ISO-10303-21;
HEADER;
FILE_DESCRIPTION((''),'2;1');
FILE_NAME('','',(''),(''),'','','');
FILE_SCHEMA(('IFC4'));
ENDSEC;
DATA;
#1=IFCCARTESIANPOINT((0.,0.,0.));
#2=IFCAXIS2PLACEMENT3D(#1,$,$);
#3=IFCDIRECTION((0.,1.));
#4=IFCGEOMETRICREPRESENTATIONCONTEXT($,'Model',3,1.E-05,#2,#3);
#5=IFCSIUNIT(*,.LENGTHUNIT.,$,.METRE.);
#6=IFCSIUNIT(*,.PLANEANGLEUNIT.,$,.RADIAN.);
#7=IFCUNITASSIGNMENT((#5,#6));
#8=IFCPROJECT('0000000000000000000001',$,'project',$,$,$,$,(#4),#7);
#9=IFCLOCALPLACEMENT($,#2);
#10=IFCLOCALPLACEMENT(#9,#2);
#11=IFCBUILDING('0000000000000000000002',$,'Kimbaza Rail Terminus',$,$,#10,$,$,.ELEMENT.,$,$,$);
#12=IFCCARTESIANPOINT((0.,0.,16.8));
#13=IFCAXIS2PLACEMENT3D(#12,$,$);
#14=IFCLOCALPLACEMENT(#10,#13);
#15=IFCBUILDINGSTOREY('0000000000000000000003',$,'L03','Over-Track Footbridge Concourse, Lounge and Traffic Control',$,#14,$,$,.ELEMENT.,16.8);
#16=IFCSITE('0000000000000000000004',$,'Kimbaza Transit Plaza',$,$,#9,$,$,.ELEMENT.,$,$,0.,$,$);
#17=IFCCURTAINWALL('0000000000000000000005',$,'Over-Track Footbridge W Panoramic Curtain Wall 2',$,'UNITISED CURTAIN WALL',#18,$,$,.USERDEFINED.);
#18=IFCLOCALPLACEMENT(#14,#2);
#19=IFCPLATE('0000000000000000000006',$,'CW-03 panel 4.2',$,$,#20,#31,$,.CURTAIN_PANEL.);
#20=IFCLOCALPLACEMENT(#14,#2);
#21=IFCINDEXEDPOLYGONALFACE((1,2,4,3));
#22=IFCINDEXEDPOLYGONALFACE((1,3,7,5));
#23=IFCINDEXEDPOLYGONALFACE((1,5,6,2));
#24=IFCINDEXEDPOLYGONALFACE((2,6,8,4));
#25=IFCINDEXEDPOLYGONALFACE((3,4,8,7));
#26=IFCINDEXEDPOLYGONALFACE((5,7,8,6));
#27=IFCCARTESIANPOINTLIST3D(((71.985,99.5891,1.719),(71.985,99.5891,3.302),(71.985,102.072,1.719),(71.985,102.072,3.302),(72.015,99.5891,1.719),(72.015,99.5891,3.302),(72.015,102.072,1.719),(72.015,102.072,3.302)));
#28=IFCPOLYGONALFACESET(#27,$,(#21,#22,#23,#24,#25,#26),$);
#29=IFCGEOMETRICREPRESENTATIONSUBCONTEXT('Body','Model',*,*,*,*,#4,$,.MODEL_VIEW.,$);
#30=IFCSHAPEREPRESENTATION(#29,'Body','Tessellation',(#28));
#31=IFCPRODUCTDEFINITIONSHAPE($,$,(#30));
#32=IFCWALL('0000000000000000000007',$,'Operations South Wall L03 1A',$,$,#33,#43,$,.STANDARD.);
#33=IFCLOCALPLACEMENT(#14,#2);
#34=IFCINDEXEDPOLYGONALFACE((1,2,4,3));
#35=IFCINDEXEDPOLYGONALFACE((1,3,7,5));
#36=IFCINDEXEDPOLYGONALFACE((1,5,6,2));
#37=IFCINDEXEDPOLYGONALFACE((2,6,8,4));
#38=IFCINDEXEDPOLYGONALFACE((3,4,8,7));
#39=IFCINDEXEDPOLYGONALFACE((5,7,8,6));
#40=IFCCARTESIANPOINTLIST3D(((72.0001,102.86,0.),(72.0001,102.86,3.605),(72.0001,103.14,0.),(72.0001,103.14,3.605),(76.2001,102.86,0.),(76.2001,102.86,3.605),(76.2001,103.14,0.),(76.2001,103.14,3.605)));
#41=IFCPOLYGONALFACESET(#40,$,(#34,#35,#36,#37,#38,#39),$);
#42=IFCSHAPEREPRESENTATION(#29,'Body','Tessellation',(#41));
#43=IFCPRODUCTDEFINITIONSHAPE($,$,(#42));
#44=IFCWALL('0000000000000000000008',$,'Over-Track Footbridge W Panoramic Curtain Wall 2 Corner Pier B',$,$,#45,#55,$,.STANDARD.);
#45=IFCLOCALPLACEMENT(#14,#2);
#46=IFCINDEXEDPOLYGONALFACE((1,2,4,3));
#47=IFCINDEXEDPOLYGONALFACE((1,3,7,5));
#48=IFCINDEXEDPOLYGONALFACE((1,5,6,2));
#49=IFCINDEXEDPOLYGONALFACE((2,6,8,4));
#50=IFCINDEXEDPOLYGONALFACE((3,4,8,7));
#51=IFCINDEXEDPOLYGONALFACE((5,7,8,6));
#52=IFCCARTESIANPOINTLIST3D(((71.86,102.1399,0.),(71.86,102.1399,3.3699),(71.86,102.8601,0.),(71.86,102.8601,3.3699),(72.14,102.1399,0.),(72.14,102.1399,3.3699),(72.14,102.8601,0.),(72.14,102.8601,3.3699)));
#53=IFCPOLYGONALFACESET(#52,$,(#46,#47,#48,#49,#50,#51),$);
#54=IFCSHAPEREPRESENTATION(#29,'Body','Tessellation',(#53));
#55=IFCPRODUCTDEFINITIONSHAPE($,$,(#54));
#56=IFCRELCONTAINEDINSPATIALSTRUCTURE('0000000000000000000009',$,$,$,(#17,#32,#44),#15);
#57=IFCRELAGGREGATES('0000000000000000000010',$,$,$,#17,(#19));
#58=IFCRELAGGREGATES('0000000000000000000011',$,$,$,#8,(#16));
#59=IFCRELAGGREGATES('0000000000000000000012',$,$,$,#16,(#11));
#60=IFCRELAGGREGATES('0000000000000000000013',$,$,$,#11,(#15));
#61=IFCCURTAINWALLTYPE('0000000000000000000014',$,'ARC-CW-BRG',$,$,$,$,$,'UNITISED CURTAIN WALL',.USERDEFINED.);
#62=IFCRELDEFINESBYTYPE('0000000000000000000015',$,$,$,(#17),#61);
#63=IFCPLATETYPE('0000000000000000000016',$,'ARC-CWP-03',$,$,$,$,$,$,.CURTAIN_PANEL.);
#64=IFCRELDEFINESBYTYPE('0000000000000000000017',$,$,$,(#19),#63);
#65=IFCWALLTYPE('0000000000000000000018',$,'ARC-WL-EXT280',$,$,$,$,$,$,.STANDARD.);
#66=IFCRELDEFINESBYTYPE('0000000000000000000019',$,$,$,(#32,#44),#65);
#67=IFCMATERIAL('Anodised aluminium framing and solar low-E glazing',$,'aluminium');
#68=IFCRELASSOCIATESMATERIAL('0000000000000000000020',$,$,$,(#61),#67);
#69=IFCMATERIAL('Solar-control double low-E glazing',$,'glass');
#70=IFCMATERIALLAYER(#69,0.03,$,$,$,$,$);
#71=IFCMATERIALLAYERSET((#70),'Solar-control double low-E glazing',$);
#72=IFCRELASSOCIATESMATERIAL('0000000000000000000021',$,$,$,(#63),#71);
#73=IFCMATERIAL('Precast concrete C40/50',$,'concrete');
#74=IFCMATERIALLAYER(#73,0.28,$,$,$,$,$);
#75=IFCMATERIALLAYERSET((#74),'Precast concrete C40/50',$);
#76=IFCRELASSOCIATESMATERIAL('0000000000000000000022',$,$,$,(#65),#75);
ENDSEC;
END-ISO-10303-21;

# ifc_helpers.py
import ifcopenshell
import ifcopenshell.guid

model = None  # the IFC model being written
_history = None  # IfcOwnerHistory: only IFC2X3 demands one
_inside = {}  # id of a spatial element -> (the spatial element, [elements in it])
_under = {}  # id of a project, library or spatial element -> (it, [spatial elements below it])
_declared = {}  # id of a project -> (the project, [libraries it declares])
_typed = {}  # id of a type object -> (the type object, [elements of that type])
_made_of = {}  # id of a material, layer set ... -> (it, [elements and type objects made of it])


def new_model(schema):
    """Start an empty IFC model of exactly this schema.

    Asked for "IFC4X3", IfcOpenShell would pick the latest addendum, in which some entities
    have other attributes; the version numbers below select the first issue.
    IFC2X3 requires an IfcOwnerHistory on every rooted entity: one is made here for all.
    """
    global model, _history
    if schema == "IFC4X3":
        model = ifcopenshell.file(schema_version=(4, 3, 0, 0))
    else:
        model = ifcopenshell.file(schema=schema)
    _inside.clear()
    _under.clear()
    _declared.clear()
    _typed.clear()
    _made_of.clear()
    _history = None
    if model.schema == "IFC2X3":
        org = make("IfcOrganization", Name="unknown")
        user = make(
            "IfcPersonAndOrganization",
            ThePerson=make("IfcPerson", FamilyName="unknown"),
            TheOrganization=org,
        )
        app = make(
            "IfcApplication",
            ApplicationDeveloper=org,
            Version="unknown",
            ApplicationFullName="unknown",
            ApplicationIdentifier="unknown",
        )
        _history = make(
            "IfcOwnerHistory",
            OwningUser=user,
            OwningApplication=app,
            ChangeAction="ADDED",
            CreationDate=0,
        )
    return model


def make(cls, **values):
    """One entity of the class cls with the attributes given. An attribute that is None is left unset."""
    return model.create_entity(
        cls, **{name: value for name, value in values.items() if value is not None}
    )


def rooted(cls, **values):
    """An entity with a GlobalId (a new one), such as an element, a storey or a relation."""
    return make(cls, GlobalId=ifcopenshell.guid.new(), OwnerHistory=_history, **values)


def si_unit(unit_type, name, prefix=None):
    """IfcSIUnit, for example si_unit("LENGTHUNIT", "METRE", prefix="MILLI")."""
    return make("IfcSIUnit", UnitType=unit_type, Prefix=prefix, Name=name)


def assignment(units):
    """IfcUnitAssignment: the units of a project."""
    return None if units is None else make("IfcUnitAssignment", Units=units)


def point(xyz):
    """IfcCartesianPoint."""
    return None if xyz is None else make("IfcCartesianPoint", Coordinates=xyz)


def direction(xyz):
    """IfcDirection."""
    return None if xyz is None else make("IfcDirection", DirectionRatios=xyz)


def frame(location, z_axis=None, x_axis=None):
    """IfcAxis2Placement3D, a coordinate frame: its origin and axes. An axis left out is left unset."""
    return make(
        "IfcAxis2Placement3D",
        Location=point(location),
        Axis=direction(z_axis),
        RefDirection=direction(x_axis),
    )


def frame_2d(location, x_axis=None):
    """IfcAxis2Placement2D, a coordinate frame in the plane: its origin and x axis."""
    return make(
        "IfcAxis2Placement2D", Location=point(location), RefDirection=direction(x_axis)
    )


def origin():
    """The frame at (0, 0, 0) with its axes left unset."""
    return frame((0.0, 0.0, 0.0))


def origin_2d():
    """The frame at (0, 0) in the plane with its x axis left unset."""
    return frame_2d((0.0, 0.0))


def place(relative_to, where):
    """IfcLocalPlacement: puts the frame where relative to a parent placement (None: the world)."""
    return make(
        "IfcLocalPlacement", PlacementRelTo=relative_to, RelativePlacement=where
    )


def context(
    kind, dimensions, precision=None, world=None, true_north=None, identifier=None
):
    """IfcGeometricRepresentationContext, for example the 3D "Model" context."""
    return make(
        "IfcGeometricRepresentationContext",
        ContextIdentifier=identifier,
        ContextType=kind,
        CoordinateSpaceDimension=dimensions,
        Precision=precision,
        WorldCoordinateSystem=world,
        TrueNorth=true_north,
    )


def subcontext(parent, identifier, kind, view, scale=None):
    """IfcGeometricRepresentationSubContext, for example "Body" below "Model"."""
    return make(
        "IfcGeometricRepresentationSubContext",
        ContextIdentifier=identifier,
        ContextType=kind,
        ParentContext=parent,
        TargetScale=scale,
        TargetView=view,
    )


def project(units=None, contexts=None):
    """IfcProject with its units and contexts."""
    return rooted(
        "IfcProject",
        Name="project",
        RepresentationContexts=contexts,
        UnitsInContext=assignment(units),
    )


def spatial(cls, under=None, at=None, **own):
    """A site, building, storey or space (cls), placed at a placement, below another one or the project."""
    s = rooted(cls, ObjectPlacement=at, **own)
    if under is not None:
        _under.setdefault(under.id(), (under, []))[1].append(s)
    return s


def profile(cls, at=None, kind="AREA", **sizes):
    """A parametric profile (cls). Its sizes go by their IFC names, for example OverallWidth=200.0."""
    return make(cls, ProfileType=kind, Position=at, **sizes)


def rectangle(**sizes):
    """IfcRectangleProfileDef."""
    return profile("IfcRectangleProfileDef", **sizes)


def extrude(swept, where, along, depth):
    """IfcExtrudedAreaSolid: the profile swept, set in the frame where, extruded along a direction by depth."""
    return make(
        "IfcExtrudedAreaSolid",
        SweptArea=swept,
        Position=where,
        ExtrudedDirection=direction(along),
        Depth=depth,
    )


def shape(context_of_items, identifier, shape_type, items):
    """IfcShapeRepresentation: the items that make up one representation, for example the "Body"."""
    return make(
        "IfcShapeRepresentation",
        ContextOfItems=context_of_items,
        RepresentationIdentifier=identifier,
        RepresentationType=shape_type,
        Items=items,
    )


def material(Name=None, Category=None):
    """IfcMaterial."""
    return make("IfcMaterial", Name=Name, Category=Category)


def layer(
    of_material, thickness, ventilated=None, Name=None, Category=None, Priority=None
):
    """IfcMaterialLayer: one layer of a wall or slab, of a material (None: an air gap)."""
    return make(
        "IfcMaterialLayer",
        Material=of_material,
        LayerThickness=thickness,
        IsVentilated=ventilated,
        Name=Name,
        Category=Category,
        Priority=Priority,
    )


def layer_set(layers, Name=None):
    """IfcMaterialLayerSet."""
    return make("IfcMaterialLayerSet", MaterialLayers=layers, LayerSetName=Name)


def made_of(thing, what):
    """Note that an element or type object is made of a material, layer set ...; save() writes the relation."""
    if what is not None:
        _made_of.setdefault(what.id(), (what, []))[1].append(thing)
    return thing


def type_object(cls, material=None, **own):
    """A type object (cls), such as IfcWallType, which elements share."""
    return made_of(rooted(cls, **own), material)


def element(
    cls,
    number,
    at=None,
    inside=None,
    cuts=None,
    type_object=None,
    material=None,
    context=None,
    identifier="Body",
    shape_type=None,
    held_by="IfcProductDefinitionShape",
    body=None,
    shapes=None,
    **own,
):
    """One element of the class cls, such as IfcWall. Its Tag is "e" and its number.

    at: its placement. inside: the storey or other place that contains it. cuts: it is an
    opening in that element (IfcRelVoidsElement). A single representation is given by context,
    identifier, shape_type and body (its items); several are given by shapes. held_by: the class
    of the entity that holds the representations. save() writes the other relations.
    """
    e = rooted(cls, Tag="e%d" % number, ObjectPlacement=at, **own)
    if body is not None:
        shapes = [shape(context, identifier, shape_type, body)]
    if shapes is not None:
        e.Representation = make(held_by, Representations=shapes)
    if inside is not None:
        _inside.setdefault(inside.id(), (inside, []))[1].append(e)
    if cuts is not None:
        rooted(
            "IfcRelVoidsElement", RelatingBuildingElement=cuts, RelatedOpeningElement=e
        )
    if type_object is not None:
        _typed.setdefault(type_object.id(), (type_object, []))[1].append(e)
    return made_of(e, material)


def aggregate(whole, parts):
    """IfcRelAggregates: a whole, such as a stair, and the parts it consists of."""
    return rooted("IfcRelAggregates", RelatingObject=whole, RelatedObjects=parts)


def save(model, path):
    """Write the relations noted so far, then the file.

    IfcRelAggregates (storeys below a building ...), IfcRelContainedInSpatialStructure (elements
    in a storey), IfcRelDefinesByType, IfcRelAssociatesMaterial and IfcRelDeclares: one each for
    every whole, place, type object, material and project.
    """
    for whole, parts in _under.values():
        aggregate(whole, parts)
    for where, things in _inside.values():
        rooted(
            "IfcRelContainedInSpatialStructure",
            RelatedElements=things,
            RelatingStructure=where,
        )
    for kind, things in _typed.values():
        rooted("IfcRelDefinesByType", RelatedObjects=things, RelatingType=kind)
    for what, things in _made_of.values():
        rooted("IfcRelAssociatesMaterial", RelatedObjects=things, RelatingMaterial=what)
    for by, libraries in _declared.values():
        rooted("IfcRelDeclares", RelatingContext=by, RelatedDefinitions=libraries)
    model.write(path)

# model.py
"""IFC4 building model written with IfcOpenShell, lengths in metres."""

from ifc_helpers import new_model, si_unit, direction, frame, frame_2d, origin, origin_2d, place, context, subcontext, project, spatial, rectangle, extrude, material, layer, layer_set, type_object, element, aggregate, save


model = new_model("IFC4")

# Units and contexts
model_context = context("Model", 3, precision=1e-05, world=origin(), true_north=direction((0.0, 1.0)))
body_context = subcontext(model_context, "Body", "Model", "MODEL_VIEW")
ifc_project = project(units=[si_unit("LENGTHUNIT", "METRE"), si_unit("PLANEANGLEUNIT", "RADIAN")], contexts=[model_context])

# Site, building, storey
site_placement = place(None, origin())
site = spatial("IfcSite", under=ifc_project, at=site_placement, Name="Kimbaza Transit Plaza", CompositionType="ELEMENT", RefElevation=0.0)
building_placement = place(site_placement, origin())
building = spatial("IfcBuilding", under=site, at=building_placement, Name="Kimbaza Rail Terminus", CompositionType="ELEMENT")
storey_placement = place(building_placement, frame((0.0, 0.0, 16.8)))
storey = spatial("IfcBuildingStorey", under=building, at=storey_placement, Name="L03", Description="Over-Track Footbridge Concourse, Lounge and Traffic Control", CompositionType="ELEMENT", Elevation=16.8)

# Curtain wall
ifc_material_1 = material(Name="Anodised aluminium framing and solar low-E glazing", Category="aluminium")
curtain_wall_type = type_object("IfcCurtainWallType", Name="ARC-CW-BRG", ElementType="UNITISED CURTAIN WALL", PredefinedType="USERDEFINED", material=ifc_material_1)
curtain_wall_placement = place(storey_placement, origin())
curtain_wall = element("IfcCurtainWall", 1, at=curtain_wall_placement, inside=storey, type_object=curtain_wall_type, Name="Over-Track Footbridge W Panoramic Curtain Wall 2", ObjectType="UNITISED CURTAIN WALL", PredefinedType="USERDEFINED")

# Plate
ifc_material_2 = material(Name="Solar-control double low-E glazing", Category="glass")
ifc_layer_1 = layer(ifc_material_2, 0.03)
ifc_layer_set_1 = layer_set([ifc_layer_1], Name="Solar-control double low-E glazing")
plate_type = type_object("IfcPlateType", Name="ARC-CWP-03", PredefinedType="CURTAIN_PANEL", material=ifc_layer_set_1)
plate_1_placement = place(storey_placement, frame((72.0, 100.8306, 1.719), z_axis=(0.0, 0.0, 1.0), x_axis=(0.0, 1.0, 0.0)))
plate_1 = element("IfcPlate", 2, at=plate_1_placement, type_object=plate_type, Name="CW-03 panel 4.2", PredefinedType="CURTAIN_PANEL", context=body_context, shape_type="SweptSolid", body=[
    extrude(rectangle(XDim=2.4829, YDim=0.03, at=origin_2d()), origin(), (0.0, 0.0, 1.0), 1.583),
])
aggregate(curtain_wall, [plate_1])

# Walls
ifc_material_3 = material(Name="Precast concrete C40/50", Category="concrete")
ifc_layer_2 = layer(ifc_material_3, 0.28)
ifc_layer_set_2 = layer_set([ifc_layer_2], Name="Precast concrete C40/50")
wall_type = type_object("IfcWallType", Name="ARC-WL-EXT280", PredefinedType="STANDARD", material=ifc_layer_set_2)
wall_1_placement = place(storey_placement, frame((72.0, 103.0, 0.0), z_axis=(0.0, 0.0, 1.0), x_axis=(1.0, 0.0, 0.0)))
element("IfcWall", 3, at=wall_1_placement, inside=storey, type_object=wall_type, Name="Operations South Wall L03 1A", PredefinedType="STANDARD", context=body_context, shape_type="SweptSolid", body=[
    extrude(rectangle(XDim=4.2, YDim=0.28, at=frame_2d((2.1001, 0.0))), origin(), (0.0, 0.0, 1.0), 3.605),
])
wall_2_placement = place(storey_placement, frame((72.0, 102.1399, 0.0), z_axis=(0.0, 0.0, 1.0), x_axis=(0.0, 1.0, 0.0)))
element("IfcWall", 4, at=wall_2_placement, inside=storey, type_object=wall_type, Name="Over-Track Footbridge W Panoramic Curtain Wall 2 Corner Pier B", PredefinedType="STANDARD", context=body_context, shape_type="SweptSolid", body=[
    extrude(rectangle(XDim=0.7202, YDim=0.28, at=frame_2d((0.3601, 0.0))), origin(), (0.0, 0.0, 1.0), 3.3699),
])

save(model, "model.ifc")
